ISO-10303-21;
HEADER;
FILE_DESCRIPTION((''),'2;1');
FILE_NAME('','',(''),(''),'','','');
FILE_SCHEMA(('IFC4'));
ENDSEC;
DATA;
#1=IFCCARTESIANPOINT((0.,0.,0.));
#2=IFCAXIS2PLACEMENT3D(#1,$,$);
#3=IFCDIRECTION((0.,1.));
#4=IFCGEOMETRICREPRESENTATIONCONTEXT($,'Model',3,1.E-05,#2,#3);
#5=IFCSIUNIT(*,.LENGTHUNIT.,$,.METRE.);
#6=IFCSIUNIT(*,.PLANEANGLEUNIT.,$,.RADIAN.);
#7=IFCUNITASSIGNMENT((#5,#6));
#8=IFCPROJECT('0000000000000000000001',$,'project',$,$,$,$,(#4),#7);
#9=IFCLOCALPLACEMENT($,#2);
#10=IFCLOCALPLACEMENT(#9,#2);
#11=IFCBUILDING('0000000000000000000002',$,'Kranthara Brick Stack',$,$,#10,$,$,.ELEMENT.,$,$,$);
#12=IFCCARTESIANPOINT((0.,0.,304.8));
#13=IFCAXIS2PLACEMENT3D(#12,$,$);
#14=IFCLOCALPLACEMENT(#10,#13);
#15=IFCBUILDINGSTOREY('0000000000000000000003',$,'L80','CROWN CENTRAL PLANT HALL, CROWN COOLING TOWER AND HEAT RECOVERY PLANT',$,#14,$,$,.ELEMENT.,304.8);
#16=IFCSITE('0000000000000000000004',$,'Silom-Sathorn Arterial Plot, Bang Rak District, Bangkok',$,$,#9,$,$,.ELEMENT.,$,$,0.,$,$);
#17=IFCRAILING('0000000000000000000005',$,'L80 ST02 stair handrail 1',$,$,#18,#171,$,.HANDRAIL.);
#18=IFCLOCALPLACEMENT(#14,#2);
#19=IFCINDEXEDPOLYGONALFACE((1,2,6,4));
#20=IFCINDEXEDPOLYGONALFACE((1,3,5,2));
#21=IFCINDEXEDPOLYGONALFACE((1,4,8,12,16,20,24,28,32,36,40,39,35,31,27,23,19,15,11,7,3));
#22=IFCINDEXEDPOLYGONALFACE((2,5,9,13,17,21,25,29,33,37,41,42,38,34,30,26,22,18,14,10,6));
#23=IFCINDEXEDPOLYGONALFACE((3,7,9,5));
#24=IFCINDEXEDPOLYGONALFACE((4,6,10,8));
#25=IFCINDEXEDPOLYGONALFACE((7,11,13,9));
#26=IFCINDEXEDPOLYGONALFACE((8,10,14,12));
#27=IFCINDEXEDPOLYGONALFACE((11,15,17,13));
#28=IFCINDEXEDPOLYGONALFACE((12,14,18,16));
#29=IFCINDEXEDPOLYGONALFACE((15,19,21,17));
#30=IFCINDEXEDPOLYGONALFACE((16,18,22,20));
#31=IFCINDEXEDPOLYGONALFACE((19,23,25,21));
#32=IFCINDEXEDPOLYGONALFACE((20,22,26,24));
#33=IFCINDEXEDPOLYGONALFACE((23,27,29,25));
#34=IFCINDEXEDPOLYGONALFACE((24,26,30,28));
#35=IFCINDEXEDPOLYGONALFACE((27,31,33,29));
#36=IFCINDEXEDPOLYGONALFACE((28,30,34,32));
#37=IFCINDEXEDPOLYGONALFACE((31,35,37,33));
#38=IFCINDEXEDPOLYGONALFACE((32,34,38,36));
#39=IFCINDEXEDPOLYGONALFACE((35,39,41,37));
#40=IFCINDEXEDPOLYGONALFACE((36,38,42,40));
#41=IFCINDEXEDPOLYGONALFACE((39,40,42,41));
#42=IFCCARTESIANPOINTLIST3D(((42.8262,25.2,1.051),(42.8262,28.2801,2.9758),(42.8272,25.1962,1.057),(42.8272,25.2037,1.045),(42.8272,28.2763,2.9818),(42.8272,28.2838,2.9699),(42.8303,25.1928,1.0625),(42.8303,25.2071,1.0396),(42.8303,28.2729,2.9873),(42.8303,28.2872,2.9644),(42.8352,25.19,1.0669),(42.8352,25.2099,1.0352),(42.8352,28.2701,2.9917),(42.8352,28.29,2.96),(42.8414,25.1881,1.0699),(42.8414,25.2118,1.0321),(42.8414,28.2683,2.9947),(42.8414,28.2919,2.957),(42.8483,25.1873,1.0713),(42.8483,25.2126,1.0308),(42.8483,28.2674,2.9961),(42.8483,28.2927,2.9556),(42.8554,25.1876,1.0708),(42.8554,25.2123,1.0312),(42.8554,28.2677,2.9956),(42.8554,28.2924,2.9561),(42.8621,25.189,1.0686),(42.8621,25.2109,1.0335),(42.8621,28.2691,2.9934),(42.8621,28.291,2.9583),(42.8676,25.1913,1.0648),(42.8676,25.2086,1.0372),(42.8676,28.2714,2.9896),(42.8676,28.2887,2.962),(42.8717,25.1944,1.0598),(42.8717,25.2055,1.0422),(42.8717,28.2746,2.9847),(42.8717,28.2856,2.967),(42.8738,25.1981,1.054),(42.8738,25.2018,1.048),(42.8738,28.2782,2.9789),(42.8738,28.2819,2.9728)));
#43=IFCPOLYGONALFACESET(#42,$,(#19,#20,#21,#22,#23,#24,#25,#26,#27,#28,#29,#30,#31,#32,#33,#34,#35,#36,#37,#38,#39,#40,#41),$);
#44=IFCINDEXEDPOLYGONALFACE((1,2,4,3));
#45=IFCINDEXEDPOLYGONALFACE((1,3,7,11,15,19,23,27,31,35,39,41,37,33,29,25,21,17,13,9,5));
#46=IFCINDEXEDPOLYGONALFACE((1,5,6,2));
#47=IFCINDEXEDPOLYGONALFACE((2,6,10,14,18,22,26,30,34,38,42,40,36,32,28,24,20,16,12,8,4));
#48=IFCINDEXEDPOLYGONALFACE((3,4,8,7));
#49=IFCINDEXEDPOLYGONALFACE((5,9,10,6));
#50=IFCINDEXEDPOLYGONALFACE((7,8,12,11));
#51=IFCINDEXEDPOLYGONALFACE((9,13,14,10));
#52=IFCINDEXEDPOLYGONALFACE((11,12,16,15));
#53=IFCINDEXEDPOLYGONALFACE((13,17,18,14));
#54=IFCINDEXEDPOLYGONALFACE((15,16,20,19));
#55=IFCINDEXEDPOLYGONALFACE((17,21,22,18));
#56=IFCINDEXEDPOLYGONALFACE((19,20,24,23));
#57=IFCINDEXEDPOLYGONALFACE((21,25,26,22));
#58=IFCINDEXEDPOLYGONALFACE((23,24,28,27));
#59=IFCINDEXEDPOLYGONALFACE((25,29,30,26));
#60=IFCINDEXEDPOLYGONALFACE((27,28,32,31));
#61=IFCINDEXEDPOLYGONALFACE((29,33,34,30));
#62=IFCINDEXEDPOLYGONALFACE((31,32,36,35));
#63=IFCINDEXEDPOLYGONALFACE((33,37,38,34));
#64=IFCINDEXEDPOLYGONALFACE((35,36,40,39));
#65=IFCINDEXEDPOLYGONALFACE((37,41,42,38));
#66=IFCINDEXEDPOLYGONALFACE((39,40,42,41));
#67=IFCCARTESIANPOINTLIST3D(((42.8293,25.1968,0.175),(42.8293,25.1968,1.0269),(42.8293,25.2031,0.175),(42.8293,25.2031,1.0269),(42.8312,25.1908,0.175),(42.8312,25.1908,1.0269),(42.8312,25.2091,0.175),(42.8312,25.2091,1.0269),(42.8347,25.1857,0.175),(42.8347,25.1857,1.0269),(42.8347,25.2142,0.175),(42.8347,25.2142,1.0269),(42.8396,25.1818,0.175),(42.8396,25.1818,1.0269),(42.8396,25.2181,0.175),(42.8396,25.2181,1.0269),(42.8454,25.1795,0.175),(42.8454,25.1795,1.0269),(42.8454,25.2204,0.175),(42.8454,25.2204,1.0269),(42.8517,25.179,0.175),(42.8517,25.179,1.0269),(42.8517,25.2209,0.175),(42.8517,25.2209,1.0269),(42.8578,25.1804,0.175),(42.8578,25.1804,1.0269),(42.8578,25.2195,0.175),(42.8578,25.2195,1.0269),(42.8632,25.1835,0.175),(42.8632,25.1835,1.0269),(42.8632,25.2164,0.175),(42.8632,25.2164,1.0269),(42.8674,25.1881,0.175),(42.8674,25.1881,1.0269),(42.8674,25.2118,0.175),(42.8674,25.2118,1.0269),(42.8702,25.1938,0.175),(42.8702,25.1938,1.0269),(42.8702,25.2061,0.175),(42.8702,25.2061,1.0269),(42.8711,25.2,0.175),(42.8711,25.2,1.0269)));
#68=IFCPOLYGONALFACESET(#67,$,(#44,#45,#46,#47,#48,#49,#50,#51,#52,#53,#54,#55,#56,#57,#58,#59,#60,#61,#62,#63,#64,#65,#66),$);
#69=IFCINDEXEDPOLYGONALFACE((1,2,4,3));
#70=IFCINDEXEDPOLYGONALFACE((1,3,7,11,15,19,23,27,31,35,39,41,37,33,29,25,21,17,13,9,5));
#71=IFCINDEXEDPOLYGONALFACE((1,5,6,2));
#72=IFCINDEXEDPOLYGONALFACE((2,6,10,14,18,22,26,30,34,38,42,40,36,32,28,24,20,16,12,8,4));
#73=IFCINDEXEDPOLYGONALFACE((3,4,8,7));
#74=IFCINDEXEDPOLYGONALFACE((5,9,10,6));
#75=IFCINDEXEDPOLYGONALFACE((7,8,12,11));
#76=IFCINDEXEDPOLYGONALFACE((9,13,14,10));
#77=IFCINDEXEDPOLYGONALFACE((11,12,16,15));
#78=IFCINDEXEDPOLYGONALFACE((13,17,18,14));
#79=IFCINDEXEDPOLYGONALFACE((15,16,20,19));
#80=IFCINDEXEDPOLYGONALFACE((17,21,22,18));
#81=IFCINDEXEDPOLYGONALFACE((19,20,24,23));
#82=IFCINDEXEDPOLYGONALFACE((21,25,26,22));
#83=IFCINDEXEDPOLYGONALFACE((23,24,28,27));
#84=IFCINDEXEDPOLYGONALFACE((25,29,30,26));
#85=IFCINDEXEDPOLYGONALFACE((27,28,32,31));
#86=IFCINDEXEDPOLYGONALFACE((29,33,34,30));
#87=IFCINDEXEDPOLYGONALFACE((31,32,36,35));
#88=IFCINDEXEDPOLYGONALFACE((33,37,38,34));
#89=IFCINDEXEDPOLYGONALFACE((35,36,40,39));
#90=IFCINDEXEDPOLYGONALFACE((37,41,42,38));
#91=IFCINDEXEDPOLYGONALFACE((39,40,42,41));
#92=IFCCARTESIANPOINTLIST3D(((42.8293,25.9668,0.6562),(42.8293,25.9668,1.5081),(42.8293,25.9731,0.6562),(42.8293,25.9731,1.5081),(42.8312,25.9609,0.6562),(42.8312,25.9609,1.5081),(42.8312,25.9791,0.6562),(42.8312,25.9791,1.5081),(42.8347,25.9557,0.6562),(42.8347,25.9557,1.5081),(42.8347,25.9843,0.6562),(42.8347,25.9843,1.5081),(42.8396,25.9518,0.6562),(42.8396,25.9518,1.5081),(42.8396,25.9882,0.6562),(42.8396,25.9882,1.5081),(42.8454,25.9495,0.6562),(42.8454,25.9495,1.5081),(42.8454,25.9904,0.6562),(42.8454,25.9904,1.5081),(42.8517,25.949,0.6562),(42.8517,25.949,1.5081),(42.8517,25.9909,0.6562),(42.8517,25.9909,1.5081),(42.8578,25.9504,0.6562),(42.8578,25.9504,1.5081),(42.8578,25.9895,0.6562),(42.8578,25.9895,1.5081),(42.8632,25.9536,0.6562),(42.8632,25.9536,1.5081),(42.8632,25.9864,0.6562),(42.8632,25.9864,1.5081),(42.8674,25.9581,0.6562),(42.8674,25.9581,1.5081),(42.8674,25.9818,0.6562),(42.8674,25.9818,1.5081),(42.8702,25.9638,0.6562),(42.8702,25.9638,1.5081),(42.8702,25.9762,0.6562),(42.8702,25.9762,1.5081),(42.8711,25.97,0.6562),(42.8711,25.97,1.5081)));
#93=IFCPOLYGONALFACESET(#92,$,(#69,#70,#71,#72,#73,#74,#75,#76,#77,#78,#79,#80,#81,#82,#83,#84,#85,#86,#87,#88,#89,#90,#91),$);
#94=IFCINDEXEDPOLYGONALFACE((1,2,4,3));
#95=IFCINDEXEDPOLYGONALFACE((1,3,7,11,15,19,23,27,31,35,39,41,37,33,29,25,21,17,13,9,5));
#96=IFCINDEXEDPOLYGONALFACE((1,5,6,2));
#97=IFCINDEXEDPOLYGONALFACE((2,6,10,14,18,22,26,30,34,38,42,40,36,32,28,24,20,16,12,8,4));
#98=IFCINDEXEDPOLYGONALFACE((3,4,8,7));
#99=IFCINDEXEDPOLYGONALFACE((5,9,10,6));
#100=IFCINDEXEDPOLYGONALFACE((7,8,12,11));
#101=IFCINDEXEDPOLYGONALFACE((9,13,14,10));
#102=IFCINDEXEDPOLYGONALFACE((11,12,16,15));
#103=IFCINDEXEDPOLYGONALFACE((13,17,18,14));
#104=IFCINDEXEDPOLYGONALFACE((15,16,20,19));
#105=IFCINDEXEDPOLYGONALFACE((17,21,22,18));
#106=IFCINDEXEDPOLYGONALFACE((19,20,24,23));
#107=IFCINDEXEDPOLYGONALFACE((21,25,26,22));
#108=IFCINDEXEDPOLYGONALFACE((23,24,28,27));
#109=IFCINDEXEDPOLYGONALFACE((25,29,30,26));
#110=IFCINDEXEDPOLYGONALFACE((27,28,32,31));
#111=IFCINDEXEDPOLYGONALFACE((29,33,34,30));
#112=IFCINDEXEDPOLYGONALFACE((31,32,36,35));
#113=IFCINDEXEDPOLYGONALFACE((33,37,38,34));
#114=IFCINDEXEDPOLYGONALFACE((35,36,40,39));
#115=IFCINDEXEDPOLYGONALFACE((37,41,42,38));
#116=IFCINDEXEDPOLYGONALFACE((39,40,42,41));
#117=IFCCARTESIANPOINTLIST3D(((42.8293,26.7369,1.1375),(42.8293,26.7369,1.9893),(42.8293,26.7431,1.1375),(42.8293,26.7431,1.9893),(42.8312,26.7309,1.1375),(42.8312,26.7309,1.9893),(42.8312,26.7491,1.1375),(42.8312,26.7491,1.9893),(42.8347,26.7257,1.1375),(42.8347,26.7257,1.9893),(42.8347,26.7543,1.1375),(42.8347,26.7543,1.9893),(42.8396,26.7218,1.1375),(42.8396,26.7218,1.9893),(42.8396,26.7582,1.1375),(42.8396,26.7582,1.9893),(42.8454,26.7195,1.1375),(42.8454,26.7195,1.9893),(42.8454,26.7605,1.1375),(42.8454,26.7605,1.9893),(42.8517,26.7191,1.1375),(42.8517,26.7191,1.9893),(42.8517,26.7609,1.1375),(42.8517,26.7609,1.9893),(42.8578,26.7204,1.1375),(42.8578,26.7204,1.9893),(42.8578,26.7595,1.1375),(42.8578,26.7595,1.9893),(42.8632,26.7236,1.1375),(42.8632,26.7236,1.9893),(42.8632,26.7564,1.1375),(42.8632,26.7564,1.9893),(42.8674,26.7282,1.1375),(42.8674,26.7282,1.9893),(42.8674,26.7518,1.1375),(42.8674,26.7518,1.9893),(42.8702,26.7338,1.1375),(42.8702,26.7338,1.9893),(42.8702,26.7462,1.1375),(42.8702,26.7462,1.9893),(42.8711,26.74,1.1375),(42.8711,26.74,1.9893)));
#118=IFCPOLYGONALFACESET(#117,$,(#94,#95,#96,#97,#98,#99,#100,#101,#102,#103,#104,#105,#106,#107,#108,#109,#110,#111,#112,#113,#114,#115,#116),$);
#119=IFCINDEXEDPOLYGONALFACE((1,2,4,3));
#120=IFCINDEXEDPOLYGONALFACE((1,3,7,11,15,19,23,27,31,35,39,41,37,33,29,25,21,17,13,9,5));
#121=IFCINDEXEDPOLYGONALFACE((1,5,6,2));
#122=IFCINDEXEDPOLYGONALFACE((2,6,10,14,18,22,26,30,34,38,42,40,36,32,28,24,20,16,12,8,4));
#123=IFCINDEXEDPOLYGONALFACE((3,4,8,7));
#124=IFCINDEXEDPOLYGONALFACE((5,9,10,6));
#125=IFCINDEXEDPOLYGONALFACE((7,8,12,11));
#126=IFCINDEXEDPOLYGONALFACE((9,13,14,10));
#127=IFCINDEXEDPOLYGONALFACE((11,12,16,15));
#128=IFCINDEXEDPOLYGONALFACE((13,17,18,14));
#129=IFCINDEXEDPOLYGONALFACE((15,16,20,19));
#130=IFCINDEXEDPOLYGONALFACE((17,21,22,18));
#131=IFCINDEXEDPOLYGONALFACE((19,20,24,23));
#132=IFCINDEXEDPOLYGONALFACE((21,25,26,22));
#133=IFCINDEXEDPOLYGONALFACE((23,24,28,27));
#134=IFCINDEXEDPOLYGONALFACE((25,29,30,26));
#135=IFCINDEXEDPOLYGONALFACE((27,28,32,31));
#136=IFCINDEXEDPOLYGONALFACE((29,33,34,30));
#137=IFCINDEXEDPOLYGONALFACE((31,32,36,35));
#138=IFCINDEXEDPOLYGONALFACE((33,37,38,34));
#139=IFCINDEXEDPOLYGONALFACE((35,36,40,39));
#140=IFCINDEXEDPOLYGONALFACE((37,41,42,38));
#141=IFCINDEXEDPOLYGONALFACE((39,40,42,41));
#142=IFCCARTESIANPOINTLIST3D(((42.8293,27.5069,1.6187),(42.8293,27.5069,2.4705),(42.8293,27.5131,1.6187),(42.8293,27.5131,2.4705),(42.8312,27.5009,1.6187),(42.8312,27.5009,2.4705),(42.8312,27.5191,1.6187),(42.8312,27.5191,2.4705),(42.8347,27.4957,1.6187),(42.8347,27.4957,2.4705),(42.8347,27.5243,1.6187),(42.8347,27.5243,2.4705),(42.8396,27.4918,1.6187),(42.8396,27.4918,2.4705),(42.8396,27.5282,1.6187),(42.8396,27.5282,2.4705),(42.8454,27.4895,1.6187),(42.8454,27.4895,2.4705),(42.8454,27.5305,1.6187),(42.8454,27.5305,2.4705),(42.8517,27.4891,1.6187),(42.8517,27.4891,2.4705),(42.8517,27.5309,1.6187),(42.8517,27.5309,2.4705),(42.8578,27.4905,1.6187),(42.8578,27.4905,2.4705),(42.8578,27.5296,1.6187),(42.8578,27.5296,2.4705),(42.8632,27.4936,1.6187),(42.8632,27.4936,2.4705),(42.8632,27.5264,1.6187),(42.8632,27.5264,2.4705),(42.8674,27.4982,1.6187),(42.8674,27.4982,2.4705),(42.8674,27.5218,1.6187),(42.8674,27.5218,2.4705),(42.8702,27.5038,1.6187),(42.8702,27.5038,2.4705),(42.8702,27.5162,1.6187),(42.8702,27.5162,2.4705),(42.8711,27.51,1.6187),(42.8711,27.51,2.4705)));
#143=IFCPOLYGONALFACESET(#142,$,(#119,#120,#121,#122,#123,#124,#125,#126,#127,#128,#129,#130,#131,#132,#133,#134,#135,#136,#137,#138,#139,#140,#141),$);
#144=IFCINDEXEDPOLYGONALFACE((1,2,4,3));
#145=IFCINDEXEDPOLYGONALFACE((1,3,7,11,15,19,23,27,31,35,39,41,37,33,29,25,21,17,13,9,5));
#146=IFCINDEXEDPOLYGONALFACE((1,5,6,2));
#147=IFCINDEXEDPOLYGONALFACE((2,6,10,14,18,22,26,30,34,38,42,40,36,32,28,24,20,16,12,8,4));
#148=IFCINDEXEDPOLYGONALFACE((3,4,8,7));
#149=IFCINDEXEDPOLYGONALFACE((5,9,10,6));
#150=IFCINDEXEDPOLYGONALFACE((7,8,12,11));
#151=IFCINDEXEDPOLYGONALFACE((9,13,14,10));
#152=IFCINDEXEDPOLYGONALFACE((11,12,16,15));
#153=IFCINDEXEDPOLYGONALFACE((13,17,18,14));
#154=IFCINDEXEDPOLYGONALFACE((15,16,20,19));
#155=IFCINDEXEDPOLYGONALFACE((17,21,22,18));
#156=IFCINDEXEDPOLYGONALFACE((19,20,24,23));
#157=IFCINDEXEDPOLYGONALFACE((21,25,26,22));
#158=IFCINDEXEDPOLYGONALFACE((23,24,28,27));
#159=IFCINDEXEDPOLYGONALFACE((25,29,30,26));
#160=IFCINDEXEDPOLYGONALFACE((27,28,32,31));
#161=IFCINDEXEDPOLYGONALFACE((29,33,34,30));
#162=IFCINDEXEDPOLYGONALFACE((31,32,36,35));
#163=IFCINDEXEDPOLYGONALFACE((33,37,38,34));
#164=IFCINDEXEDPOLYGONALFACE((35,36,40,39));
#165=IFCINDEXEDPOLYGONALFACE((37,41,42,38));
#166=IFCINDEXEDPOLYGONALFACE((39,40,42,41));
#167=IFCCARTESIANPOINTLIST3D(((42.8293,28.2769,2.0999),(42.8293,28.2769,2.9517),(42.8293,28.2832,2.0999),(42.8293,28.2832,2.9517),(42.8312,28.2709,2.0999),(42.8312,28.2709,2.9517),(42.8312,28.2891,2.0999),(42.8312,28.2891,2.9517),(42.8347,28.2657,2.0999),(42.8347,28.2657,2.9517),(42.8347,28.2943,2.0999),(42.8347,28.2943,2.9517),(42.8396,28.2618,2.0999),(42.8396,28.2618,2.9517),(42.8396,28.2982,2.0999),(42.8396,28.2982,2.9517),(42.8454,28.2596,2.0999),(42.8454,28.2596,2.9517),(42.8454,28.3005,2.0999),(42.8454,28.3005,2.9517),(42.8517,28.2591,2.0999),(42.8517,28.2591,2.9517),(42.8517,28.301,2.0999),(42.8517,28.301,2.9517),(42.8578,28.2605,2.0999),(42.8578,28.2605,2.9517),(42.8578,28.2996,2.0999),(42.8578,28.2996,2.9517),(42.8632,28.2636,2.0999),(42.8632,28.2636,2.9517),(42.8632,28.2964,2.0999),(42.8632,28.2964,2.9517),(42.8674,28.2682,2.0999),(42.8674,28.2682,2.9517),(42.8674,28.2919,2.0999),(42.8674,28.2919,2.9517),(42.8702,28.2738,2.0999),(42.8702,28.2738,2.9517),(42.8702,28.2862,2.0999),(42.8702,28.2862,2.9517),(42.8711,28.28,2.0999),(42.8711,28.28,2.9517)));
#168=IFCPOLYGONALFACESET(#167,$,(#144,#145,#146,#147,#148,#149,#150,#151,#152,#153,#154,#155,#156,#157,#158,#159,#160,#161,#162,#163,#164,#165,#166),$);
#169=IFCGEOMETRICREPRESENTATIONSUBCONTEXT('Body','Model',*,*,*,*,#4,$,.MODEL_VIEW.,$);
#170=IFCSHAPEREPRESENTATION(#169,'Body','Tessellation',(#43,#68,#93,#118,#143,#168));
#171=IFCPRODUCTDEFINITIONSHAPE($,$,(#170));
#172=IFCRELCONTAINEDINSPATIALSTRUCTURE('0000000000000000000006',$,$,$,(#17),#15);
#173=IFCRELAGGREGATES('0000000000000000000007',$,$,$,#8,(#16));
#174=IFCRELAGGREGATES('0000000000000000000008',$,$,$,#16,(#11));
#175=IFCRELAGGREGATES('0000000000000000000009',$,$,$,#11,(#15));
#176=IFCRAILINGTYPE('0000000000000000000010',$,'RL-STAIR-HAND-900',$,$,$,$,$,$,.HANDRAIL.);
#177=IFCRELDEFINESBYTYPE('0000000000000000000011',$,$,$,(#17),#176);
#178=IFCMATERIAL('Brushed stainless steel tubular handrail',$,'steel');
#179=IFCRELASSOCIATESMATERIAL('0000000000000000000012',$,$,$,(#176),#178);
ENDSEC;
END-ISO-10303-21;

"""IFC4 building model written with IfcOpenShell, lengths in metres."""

from ifc_helpers import new_model, si_unit, direction, frame, origin, origin_2d, place, context, subcontext, project, spatial, circle, extrude, material, type_object, element, save


model = new_model("IFC4")

# Units and contexts
model_context = context("Model", 3, precision=1e-05, world=origin(), true_north=direction((0.0, 1.0)))
body_context = subcontext(model_context, "Body", "Model", "MODEL_VIEW")
ifc_project = project(units=[si_unit("LENGTHUNIT", "METRE"), si_unit("PLANEANGLEUNIT", "RADIAN")], contexts=[model_context])

# Site, building, storey
site_placement = place(None, origin())
site = spatial("IfcSite", under=ifc_project, at=site_placement, Name="Silom-Sathorn Arterial Plot, Bang Rak District, Bangkok", CompositionType="ELEMENT", RefElevation=0.0)
building_placement = place(site_placement, origin())
building = spatial("IfcBuilding", under=site, at=building_placement, Name="Kranthara Brick Stack", CompositionType="ELEMENT")
storey_placement = place(building_placement, frame((0.0, 0.0, 304.8)))
storey = spatial("IfcBuildingStorey", under=building, at=storey_placement, Name="L80", Description="CROWN CENTRAL PLANT HALL, CROWN COOLING TOWER AND HEAT RECOVERY PLANT", CompositionType="ELEMENT", Elevation=304.8)

# Railing
ifc_material_1 = material(Name="Brushed stainless steel tubular handrail", Category="steel")
railing_type_1 = type_object("IfcRailingType", Name="RL-STAIR-HAND-900", PredefinedType="HANDRAIL", material=ifc_material_1)
railing_1_placement = place(storey_placement, frame((42.8501, 25.2, 0.175)))
element("IfcRailing", 1, at=railing_1_placement, inside=storey, type_object=railing_type_1, Name="L80 ST02 stair handrail 1", PredefinedType="HANDRAIL", context=body_context, shape_type="SweptSolid", body=[
    extrude(circle(Radius=0.0239, at=origin_2d()), frame((0.0, 0.0, 0.876), z_axis=(0.0, 0.848029, 0.529951), x_axis=(-1.0, 0.0, 0.0)), (0.0, 0.0, 1.0), 3.6321),
    extrude(circle(Radius=0.021, at=origin_2d()), origin(), (0.0, 0.0, 1.0), 0.8518),
    extrude(circle(Radius=0.021, at=origin_2d()), frame((0.0, 0.77, 0.4812)), (0.0, 0.0, 1.0), 0.8518),
    extrude(circle(Radius=0.021, at=origin_2d()), frame((0.0, 1.54, 0.9624)), (0.0, 0.0, 1.0), 0.8518),
    extrude(circle(Radius=0.021, at=origin_2d()), frame((0.0, 2.3101, 1.4436)), (0.0, 0.0, 1.0), 0.8518),
    extrude(circle(Radius=0.021, at=origin_2d()), frame((0.0, 3.0801, 1.9248)), (0.0, 0.0, 1.0), 0.8518),
])

save(model, "model.ifc")
